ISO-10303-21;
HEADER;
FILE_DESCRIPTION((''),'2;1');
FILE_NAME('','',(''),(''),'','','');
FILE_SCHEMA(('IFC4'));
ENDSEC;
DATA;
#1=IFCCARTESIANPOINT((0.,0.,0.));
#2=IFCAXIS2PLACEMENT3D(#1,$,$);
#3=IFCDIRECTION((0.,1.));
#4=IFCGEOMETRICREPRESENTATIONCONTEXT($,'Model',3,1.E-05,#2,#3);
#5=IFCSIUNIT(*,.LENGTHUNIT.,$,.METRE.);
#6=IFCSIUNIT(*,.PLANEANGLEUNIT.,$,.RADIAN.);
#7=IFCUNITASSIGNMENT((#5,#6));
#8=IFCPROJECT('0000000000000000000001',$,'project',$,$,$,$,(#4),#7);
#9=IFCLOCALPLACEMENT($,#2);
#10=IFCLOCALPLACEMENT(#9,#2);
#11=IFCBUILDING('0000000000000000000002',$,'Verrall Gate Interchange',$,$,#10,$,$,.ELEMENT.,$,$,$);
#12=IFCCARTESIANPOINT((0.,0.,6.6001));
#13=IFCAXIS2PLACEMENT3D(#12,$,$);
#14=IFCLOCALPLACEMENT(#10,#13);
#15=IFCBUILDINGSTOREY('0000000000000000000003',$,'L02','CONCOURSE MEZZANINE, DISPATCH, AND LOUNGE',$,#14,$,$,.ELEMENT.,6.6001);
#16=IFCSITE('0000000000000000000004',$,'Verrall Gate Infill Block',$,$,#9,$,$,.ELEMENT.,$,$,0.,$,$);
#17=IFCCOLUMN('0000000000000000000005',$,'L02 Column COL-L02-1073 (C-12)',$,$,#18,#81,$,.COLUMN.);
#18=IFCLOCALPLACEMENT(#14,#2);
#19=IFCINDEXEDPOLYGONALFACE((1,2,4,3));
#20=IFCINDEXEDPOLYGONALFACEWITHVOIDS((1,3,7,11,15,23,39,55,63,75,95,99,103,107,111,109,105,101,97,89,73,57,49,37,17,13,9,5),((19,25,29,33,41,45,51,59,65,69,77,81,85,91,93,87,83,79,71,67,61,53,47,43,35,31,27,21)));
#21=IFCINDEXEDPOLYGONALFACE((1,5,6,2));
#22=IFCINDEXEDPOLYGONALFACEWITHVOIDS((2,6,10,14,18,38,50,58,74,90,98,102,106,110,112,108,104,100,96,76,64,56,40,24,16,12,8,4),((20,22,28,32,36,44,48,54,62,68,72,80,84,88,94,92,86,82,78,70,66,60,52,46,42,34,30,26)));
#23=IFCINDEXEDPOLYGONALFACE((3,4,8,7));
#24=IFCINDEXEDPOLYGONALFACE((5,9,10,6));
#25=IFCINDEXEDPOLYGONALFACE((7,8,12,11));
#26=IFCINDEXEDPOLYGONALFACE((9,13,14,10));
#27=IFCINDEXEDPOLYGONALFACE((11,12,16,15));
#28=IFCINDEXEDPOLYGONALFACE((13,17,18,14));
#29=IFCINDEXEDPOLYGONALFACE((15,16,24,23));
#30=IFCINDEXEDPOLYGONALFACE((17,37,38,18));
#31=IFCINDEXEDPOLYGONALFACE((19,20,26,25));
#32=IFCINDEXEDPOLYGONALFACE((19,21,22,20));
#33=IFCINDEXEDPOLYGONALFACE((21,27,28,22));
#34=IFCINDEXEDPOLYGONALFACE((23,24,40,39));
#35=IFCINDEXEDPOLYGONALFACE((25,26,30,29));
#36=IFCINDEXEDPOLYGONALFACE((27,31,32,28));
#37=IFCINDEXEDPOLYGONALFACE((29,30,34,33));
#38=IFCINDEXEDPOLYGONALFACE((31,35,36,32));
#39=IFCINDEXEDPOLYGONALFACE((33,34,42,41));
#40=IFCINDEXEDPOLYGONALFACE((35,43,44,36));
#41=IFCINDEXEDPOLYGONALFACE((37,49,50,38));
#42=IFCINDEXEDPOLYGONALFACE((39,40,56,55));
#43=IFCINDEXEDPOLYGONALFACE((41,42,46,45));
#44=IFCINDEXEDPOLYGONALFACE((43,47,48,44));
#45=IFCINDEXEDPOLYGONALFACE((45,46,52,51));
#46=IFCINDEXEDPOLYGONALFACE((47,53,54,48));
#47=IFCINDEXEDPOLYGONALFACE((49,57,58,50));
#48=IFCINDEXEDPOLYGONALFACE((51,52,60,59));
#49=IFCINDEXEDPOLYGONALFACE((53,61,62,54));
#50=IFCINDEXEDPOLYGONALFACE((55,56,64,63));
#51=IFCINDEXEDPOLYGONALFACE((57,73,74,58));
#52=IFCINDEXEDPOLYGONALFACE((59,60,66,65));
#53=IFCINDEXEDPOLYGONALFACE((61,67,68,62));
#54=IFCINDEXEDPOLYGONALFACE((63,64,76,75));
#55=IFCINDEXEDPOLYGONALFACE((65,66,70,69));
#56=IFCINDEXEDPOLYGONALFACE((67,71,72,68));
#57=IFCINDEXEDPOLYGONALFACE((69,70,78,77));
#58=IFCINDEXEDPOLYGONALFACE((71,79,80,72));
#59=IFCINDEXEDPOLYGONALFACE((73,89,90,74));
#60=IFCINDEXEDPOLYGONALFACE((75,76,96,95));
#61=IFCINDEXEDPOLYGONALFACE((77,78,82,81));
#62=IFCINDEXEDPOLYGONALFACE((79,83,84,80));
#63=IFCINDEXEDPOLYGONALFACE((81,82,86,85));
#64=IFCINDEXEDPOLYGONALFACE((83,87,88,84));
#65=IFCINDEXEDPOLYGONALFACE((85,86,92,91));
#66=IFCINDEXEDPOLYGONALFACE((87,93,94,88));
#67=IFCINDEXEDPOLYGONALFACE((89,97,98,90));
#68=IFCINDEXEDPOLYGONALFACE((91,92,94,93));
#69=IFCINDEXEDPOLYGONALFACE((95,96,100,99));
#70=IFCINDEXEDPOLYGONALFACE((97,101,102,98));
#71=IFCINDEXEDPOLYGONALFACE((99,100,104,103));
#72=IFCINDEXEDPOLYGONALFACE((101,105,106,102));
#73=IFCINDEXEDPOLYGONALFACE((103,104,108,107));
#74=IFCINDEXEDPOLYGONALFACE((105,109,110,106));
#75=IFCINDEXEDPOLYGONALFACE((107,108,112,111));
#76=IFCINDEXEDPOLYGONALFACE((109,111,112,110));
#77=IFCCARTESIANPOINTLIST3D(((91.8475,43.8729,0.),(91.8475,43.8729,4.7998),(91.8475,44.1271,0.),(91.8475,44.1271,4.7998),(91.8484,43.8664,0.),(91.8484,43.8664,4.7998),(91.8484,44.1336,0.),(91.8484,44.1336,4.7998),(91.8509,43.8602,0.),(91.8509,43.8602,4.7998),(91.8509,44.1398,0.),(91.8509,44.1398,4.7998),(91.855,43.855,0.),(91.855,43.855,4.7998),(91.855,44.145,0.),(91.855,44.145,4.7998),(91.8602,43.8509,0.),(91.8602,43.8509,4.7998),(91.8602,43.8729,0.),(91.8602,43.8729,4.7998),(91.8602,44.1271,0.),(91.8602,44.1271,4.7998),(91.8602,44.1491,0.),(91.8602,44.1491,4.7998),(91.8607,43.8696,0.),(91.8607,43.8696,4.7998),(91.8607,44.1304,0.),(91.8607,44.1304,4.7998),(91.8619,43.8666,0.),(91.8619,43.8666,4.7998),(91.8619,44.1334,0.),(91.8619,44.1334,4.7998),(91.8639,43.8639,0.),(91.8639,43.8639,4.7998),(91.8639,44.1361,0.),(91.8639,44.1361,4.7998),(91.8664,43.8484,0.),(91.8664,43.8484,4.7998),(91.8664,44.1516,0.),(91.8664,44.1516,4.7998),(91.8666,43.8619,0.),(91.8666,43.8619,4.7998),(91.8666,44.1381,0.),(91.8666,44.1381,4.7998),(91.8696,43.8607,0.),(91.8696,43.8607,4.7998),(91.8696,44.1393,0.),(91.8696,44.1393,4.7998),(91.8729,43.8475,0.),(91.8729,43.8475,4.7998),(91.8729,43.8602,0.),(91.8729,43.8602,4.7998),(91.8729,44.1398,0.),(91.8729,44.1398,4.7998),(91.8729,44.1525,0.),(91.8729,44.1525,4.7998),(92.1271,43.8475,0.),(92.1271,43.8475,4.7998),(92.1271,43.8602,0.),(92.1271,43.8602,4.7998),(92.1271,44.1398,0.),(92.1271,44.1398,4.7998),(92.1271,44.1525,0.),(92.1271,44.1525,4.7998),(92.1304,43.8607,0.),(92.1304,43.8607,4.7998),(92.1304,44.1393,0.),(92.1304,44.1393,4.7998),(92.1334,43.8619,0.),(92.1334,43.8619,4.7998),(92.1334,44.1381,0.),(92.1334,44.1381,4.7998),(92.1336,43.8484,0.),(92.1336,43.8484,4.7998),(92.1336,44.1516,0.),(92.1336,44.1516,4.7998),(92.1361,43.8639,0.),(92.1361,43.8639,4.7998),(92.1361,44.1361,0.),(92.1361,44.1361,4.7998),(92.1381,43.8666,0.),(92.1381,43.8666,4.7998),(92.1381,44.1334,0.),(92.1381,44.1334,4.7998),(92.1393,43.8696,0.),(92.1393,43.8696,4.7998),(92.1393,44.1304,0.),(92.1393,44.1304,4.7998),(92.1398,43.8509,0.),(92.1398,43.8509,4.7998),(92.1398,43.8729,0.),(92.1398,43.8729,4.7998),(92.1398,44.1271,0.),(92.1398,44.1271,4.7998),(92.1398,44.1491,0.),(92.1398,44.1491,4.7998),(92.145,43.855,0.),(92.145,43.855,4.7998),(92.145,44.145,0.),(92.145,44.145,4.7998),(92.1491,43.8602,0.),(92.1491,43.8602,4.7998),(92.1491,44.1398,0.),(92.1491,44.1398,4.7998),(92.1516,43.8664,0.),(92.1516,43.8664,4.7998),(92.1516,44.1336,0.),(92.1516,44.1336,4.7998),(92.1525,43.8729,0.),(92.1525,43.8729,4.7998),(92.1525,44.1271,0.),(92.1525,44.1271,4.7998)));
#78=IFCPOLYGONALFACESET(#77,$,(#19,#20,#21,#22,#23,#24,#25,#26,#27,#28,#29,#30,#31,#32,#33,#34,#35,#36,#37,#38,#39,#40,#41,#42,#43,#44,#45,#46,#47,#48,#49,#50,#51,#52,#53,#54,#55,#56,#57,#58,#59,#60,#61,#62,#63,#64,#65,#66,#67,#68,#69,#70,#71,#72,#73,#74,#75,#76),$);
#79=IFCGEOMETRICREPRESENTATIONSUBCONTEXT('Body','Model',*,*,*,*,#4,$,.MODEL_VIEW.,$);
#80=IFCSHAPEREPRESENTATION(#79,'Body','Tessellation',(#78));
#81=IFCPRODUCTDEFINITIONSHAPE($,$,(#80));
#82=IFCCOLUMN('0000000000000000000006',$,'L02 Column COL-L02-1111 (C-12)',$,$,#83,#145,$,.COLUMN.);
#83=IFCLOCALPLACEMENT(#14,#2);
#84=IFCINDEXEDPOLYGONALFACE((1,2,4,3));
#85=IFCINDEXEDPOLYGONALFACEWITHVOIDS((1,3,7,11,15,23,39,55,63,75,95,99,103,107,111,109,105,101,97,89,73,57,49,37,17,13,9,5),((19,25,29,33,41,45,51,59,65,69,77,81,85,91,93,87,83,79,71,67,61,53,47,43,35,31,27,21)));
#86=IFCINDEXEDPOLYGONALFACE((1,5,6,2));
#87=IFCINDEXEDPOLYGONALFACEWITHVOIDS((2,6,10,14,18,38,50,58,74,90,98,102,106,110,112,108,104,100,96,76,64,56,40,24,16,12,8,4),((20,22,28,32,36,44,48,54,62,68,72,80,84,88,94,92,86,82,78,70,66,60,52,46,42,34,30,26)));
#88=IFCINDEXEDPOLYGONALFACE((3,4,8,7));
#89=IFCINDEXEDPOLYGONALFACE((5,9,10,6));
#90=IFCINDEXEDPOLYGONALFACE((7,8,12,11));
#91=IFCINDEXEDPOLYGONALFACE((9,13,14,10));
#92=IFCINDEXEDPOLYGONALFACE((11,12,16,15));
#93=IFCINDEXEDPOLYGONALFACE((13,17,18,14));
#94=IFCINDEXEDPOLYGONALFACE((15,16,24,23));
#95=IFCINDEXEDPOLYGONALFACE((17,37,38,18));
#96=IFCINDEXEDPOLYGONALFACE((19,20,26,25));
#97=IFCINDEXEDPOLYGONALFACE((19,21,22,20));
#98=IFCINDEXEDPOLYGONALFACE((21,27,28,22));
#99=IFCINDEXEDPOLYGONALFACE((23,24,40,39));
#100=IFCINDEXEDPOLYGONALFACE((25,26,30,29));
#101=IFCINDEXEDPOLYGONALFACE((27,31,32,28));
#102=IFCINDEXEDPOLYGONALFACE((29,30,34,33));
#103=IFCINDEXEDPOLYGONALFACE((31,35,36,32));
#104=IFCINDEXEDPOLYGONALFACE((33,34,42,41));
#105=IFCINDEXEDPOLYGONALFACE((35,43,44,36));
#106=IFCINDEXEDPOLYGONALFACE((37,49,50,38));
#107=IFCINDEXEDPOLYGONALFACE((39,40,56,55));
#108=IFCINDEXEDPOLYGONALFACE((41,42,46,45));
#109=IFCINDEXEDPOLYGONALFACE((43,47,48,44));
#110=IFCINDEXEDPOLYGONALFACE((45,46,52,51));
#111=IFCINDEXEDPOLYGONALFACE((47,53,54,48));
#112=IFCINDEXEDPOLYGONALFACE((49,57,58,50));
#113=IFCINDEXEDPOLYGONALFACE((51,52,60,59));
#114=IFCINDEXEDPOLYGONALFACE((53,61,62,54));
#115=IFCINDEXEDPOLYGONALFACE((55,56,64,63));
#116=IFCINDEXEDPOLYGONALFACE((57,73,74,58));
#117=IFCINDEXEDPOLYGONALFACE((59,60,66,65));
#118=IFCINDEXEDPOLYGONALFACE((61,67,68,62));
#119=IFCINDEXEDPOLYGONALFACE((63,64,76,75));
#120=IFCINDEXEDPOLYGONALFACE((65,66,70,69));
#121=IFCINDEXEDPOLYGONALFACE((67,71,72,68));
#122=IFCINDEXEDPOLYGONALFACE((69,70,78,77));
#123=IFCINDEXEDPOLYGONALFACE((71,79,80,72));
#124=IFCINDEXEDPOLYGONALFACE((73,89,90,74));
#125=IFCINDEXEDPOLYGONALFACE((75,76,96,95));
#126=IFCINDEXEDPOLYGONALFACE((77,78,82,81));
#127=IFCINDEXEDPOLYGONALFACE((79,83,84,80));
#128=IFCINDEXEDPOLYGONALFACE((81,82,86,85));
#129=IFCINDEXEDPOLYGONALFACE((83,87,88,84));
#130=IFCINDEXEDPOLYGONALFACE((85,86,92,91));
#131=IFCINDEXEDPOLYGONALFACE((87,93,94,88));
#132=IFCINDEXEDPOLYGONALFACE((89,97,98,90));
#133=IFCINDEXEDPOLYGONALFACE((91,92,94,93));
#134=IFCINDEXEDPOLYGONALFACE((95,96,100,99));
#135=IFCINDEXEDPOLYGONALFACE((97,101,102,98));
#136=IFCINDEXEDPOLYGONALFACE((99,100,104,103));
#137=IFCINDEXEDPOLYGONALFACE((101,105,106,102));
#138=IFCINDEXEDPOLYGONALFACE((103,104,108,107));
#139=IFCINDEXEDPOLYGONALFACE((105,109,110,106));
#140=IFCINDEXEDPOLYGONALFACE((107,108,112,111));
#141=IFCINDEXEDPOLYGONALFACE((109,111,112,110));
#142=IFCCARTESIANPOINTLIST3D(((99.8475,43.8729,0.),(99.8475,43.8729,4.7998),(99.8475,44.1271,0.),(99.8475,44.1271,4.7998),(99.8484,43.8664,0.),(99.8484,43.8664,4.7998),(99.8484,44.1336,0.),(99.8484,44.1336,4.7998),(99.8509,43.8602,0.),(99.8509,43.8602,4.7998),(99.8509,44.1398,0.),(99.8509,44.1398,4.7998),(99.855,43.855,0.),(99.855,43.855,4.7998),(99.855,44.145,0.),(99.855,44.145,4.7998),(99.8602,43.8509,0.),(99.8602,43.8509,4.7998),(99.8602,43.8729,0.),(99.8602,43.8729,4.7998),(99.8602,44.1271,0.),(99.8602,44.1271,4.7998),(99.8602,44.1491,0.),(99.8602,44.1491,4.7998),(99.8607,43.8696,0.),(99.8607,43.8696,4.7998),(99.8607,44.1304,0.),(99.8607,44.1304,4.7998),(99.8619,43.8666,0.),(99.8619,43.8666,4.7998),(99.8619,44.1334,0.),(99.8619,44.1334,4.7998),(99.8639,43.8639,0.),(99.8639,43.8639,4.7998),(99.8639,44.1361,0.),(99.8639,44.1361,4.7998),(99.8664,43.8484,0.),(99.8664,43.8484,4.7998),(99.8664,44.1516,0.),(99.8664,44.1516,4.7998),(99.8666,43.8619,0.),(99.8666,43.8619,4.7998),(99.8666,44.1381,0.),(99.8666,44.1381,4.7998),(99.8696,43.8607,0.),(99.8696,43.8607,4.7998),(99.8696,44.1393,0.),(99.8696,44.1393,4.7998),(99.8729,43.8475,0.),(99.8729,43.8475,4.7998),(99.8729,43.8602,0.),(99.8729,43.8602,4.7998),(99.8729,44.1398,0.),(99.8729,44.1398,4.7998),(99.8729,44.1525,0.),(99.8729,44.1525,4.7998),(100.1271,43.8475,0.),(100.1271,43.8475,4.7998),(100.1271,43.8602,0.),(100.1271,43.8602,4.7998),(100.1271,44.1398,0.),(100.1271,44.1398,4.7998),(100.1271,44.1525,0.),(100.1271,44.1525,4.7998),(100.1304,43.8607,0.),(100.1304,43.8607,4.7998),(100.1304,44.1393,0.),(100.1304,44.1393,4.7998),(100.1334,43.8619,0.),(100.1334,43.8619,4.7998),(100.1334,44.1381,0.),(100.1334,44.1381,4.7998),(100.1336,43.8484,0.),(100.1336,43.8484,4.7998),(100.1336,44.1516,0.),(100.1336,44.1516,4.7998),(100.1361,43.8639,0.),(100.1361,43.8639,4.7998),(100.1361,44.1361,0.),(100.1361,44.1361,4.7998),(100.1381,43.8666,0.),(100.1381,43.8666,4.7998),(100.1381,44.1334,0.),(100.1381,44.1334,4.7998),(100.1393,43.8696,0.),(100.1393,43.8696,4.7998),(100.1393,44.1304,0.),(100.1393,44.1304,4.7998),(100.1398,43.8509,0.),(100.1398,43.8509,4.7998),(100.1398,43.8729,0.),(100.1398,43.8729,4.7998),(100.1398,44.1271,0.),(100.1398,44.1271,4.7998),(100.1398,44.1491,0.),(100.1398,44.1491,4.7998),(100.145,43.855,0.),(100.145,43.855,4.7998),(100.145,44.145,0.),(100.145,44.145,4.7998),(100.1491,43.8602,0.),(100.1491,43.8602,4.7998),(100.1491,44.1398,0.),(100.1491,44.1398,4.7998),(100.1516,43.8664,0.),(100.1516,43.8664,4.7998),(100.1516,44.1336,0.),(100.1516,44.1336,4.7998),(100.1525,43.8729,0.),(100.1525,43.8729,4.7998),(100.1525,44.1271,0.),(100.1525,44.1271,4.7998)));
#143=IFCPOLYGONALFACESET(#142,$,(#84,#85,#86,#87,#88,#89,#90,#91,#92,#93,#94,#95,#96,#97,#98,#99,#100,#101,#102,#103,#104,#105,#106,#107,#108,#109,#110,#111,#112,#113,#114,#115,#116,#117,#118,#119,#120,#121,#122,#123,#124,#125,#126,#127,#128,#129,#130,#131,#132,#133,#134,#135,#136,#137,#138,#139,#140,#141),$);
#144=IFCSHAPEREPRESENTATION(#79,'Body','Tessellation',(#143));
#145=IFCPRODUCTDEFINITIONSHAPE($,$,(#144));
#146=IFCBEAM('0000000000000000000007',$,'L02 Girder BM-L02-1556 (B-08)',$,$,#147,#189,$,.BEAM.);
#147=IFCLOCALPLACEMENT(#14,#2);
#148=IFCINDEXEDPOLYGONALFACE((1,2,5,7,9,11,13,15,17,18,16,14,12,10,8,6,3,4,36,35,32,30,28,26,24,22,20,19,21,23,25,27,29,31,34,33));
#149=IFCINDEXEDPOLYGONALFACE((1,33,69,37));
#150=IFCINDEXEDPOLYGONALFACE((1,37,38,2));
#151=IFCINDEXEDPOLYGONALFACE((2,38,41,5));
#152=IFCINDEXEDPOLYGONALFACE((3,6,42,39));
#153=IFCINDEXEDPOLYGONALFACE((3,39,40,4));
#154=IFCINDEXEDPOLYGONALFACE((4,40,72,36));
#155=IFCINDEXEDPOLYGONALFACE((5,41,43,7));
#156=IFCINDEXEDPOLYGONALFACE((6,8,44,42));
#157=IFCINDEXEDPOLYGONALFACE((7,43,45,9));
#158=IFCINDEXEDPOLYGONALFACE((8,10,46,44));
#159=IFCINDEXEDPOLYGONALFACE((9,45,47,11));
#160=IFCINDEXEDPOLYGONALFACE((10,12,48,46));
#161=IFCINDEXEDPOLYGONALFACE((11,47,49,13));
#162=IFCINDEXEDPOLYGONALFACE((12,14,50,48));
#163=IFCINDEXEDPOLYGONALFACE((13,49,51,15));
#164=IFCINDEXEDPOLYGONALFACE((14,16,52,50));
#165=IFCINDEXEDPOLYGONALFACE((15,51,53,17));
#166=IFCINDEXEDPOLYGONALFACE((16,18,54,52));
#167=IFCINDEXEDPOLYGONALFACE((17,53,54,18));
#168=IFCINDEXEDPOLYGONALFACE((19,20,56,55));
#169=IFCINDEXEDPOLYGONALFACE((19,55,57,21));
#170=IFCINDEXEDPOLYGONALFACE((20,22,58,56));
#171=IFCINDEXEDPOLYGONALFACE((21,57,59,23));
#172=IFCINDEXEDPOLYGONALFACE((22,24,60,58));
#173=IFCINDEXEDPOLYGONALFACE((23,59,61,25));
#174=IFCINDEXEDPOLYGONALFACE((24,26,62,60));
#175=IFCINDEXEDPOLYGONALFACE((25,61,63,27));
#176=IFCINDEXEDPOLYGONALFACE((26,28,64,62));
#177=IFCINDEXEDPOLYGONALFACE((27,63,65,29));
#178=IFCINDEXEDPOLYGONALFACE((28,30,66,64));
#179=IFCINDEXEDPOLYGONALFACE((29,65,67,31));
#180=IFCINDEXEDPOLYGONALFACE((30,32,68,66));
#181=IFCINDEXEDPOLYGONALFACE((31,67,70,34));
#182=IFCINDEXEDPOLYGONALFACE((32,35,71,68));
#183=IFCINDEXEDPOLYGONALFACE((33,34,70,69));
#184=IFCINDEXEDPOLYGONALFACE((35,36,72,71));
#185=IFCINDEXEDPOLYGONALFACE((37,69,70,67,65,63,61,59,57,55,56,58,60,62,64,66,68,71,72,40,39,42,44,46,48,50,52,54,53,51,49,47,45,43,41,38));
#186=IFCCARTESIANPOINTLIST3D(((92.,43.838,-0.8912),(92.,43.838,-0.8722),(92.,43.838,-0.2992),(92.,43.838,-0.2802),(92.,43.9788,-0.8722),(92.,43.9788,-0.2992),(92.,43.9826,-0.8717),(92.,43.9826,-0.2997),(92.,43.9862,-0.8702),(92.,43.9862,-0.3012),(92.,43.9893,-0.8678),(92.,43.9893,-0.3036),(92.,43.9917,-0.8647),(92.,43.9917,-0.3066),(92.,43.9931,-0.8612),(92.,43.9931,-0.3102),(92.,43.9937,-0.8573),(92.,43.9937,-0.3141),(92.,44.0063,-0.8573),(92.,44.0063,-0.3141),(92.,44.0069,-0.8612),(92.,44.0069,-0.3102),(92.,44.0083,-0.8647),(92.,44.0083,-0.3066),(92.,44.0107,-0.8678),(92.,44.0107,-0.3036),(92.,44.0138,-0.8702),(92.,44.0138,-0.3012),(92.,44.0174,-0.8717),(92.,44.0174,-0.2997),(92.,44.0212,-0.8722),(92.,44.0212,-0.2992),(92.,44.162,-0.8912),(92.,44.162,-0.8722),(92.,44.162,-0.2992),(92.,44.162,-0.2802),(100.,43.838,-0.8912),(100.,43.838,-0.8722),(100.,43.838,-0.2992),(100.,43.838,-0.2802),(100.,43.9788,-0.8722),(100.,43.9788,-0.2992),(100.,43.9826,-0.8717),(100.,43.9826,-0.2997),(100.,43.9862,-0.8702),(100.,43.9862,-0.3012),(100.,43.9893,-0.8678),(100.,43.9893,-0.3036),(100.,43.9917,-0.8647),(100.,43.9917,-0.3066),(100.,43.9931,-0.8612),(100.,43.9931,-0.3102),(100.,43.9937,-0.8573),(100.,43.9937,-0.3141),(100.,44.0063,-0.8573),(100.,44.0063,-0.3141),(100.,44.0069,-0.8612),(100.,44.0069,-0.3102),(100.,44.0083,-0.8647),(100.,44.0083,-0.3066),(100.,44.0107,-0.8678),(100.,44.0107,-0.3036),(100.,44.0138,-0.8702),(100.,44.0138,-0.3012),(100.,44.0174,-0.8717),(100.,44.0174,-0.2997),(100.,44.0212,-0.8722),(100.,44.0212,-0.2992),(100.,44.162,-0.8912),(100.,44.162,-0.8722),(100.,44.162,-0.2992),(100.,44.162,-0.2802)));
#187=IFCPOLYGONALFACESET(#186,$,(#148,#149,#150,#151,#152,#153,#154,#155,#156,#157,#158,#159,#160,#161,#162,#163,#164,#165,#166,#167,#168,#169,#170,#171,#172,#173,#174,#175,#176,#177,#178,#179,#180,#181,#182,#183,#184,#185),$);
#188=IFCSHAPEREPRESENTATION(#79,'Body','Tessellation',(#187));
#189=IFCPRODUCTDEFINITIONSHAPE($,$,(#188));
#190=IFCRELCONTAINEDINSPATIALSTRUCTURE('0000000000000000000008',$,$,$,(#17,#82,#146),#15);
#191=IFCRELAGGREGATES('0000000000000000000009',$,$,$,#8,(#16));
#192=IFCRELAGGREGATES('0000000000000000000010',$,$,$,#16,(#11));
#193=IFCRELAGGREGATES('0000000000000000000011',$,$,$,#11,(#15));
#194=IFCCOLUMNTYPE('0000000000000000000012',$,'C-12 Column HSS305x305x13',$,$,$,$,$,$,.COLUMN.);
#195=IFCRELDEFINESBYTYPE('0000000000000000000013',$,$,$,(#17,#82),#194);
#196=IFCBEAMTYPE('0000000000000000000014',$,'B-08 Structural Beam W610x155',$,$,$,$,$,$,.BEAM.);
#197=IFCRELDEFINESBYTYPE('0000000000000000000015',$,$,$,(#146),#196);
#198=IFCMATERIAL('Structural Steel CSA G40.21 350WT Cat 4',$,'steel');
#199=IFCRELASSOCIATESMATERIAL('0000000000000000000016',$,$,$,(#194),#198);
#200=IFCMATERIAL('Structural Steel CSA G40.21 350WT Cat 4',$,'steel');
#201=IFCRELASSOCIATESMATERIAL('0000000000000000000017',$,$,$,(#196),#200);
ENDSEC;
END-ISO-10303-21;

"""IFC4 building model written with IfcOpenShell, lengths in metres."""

from ifc_helpers import new_model, si_unit, direction, frame, origin, origin_2d, place, context, subcontext, project, spatial, hollow_rectangle, i_section, extrude, material, material_profile, profile_set, type_object, element, save


model = new_model("IFC4")

# Units and contexts
model_context = context("Model", 3, precision=1e-05, world=origin(), true_north=direction((0.0, 1.0)))
body_context = subcontext(model_context, "Body", "Model", "MODEL_VIEW")
ifc_project = project(units=[si_unit("LENGTHUNIT", "METRE"), si_unit("PLANEANGLEUNIT", "RADIAN")], contexts=[model_context])

# Site, building, storey
site_placement = place(None, origin())
site = spatial("IfcSite", under=ifc_project, at=site_placement, Name="Verrall Gate Infill Block", CompositionType="ELEMENT", RefElevation=0.0)
building_placement = place(site_placement, origin())
building = spatial("IfcBuilding", under=site, at=building_placement, Name="Verrall Gate Interchange", CompositionType="ELEMENT")
storey_placement = place(building_placement, frame((0.0, 0.0, 6.6001)))
storey = spatial("IfcBuildingStorey", under=building, at=storey_placement, Name="L02", Description="CONCOURSE MEZZANINE, DISPATCH, AND LOUNGE", CompositionType="ELEMENT", Elevation=6.6001)

# Columns
ifc_material_1 = material(Name="Structural Steel CSA G40.21 350WT Cat 4", Category="steel")
ifc_material_profile_1 = material_profile(ifc_material_1, hollow_rectangle(XDim=0.3049, YDim=0.3049, WallThickness=0.0127, InnerFilletRadius=0.0127, OuterFilletRadius=0.0254, at=origin_2d()), Name="HSS305x305x13")
ifc_profile_set_1 = profile_set([ifc_material_profile_1], Name="Structural Steel CSA G40.21 350WT Cat 4")
column_type = type_object("IfcColumnType", Name="C-12 Column HSS305x305x13", PredefinedType="COLUMN", material=ifc_profile_set_1)
for number, where, z_axis, x_axis, name in (
    (1, (92.0, 44.0, 0.0), (0.0, 0.0, 1.0), (1.0, 0.0, 0.0), "L02 Column COL-L02-1073 (C-12)"),
    (2, (100.0, 44.0, 0.0), (0.0, 0.0, 1.0), (1.0, 0.0, 0.0), "L02 Column COL-L02-1111 (C-12)"),
):
    element("IfcColumn", number, at=place(storey_placement, frame(where, z_axis=z_axis, x_axis=x_axis)), inside=storey, type_object=column_type, Name=name, PredefinedType="COLUMN", context=body_context, shape_type="SweptSolid", body=[
        extrude(hollow_rectangle(XDim=0.3049, YDim=0.3049, WallThickness=0.0127, InnerFilletRadius=0.0127, OuterFilletRadius=0.0254, at=origin_2d()), origin(), (0.0, 0.0, 1.0), 4.7998),
    ])

# Beam
ifc_material_2 = material(Name="Structural Steel CSA G40.21 350WT Cat 4", Category="steel")
ifc_material_profile_2 = material_profile(ifc_material_2, i_section(OverallWidth=0.324, OverallDepth=0.6111, WebThickness=0.0127, FlangeThickness=0.019, FilletRadius=0.0149, at=origin_2d()), Name="W610x155")
ifc_profile_set_2 = profile_set([ifc_material_profile_2], Name="Structural Steel CSA G40.21 350WT Cat 4")
beam_type_1 = type_object("IfcBeamType", Name="B-08 Structural Beam W610x155", PredefinedType="BEAM", material=ifc_profile_set_2)
beam_placement = place(storey_placement, frame((92.0, 44.0, -0.5857), z_axis=(1.0, 0.0, 0.0), x_axis=(0.0, 1.0, 0.0)))
element("IfcBeam", 3, at=beam_placement, inside=storey, type_object=beam_type_1, Name="L02 Girder BM-L02-1556 (B-08)", PredefinedType="BEAM", context=body_context, shape_type="SweptSolid", body=[
    extrude(i_section(OverallWidth=0.324, OverallDepth=0.6111, WebThickness=0.0127, FlangeThickness=0.019, FilletRadius=0.0149, at=origin_2d()), origin(), (0.0, 0.0, 1.0), 8.0),
])

save(model, "model.ifc")
